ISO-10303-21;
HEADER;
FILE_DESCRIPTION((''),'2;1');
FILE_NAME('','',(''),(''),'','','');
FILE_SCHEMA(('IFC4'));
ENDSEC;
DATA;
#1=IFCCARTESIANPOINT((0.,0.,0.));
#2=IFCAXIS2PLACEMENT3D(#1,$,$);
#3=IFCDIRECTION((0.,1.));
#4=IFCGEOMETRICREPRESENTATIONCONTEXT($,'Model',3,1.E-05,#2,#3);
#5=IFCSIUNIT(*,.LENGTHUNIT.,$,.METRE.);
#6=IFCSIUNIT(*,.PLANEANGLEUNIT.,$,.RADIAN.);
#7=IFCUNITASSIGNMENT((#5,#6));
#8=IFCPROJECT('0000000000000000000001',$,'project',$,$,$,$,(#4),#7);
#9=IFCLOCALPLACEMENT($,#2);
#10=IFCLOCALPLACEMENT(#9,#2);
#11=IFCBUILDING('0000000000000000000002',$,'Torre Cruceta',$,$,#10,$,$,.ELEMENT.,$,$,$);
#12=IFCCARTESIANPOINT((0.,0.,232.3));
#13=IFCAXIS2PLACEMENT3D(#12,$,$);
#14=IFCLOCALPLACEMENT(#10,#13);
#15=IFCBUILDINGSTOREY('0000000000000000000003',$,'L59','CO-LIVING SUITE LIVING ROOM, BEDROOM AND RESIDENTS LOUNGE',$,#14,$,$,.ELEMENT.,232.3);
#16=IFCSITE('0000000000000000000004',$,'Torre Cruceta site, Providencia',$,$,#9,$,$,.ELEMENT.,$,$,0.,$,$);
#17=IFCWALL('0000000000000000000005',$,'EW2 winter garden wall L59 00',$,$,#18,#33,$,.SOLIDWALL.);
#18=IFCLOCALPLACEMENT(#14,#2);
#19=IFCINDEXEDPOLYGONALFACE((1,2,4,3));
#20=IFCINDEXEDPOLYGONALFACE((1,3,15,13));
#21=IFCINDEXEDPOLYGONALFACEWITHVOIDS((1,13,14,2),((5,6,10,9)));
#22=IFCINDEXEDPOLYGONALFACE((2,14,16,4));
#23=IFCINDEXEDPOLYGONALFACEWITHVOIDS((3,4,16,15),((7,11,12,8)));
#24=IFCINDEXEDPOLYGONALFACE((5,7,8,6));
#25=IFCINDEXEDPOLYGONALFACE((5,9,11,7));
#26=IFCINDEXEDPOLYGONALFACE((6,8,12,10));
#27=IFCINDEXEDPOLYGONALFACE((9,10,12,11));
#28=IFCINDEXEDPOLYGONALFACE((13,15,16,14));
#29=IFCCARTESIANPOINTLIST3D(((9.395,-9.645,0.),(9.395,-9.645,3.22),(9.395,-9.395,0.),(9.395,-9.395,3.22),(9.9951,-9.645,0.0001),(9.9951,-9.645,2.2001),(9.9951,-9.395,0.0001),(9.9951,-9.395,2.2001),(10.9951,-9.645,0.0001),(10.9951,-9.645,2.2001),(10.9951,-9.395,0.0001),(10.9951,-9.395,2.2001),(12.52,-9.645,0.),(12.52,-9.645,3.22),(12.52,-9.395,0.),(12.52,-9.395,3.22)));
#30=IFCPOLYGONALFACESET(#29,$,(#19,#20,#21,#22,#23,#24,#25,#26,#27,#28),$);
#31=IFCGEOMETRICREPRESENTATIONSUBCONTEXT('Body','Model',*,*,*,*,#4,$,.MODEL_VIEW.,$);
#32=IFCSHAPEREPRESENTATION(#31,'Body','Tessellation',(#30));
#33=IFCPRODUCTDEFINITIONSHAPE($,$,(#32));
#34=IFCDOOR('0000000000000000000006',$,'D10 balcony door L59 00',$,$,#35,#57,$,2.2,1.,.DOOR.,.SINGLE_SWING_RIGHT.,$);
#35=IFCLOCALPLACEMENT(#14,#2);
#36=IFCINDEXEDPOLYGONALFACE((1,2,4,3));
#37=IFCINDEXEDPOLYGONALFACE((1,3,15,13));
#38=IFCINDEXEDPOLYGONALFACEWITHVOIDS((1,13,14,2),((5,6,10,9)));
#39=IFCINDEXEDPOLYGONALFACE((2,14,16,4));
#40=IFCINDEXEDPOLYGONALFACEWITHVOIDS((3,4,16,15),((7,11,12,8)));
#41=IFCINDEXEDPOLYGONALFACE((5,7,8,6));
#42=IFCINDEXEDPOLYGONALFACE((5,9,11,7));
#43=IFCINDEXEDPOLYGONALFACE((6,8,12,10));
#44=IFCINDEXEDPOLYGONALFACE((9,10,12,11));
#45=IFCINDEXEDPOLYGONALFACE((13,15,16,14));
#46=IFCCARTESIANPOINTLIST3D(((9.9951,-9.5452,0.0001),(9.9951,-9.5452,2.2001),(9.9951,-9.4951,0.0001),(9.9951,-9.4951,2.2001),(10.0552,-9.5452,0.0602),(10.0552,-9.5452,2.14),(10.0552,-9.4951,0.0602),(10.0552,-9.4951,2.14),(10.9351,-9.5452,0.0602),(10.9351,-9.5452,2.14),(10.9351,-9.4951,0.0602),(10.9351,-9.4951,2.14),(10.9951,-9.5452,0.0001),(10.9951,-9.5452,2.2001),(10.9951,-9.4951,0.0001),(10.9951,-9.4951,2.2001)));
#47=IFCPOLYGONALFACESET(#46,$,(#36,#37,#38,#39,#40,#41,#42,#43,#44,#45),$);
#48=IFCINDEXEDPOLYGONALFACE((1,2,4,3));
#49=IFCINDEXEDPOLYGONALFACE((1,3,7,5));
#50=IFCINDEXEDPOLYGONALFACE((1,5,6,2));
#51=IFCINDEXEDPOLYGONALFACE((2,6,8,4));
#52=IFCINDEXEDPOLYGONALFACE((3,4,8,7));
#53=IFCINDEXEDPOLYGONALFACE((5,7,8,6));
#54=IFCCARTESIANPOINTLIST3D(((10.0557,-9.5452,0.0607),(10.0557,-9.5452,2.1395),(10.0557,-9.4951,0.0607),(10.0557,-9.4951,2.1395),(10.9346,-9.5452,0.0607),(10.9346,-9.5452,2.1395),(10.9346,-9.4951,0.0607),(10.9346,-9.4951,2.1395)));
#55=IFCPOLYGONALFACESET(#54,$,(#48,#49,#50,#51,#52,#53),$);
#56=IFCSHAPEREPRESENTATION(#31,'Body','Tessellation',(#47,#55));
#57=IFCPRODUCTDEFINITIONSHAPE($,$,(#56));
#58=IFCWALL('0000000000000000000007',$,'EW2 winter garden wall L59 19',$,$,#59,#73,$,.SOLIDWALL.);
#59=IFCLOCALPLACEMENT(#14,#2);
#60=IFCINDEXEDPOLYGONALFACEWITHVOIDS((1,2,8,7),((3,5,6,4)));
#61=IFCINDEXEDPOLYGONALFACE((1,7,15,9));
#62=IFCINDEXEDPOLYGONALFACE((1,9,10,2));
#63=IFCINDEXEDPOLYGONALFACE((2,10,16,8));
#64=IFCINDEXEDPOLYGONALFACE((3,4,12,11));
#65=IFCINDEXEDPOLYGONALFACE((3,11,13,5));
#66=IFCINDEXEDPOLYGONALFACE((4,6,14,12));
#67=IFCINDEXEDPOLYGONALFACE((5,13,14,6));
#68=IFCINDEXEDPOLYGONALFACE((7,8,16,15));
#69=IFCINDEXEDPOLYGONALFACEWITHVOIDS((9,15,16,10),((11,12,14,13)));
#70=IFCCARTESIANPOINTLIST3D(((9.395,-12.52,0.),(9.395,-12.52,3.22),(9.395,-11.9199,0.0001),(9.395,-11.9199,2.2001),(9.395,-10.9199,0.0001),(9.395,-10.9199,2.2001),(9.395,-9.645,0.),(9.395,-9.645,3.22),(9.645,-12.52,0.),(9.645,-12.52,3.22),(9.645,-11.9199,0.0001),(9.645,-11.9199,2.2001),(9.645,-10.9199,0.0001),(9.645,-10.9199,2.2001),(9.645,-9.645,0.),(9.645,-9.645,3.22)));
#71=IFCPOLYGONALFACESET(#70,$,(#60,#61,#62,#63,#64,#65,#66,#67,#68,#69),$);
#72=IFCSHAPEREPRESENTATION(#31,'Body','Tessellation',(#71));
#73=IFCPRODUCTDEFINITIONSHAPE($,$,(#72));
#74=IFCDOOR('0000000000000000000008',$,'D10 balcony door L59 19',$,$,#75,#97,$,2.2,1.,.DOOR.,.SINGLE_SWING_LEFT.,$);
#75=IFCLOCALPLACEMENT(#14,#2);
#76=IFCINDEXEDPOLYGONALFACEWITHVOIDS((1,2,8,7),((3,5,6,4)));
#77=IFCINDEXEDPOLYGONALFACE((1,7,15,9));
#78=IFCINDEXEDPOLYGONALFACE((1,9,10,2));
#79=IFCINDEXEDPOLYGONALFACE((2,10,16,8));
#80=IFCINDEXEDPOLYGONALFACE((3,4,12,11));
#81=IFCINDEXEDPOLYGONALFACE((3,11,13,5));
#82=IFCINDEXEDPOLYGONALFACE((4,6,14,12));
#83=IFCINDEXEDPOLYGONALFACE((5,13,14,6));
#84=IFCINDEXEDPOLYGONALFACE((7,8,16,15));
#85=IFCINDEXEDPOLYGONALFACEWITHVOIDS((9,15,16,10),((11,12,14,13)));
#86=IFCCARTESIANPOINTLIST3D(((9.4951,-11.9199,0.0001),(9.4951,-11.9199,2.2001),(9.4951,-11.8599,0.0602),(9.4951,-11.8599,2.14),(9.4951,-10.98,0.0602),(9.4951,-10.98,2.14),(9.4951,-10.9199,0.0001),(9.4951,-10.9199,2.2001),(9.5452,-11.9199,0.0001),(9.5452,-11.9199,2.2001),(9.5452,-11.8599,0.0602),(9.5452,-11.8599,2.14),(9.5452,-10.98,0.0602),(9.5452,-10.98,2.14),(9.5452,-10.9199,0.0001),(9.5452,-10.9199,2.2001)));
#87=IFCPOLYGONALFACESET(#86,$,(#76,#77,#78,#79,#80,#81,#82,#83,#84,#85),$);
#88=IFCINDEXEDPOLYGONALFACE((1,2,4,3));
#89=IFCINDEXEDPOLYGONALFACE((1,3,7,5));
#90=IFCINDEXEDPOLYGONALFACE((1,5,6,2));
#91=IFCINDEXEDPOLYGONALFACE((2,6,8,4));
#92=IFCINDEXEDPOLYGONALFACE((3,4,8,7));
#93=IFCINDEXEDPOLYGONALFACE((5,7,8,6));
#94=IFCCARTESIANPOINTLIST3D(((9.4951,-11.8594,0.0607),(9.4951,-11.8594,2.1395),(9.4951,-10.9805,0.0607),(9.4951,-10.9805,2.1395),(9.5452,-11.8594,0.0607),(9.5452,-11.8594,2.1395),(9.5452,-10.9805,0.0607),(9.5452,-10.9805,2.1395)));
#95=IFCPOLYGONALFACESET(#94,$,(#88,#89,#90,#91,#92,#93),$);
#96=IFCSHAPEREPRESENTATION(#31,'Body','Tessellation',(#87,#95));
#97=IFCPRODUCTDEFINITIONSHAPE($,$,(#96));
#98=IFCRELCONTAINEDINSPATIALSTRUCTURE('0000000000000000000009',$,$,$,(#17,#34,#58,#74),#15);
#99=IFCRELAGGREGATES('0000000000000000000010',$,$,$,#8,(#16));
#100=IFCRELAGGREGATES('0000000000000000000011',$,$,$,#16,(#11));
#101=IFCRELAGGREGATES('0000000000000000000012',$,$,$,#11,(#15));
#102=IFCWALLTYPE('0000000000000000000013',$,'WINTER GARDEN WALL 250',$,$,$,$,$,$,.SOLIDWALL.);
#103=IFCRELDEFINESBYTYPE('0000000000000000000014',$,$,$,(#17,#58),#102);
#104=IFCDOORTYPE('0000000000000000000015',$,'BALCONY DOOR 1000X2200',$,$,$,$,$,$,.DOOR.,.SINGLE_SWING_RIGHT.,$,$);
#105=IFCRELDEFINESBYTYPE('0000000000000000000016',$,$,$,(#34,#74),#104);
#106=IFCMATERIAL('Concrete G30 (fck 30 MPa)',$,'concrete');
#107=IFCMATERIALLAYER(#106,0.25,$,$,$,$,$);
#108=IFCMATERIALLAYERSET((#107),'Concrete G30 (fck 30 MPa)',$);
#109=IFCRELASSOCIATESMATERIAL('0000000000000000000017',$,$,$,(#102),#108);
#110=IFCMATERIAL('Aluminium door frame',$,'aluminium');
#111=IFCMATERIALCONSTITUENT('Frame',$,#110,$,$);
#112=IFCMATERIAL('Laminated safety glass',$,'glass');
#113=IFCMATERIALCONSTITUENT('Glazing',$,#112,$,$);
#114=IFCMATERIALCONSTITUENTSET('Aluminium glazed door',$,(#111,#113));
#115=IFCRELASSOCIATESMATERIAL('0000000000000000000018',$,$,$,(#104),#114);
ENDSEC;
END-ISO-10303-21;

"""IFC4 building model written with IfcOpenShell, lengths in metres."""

from ifc_helpers import new_model, si_unit, direction, frame, frame_2d, origin, place, context, subcontext, project, spatial, rectangle, hollow_rectangle, extrude, material, layer, layer_set, constituent, constituent_set, type_object, element, fill, save


model = new_model("IFC4")

# Units and contexts
model_context = context("Model", 3, precision=1e-05, world=origin(), true_north=direction((0.0, 1.0)))
body_context = subcontext(model_context, "Body", "Model", "MODEL_VIEW")
ifc_project = project(units=[si_unit("LENGTHUNIT", "METRE"), si_unit("PLANEANGLEUNIT", "RADIAN")], contexts=[model_context])

# Site, building, storey
site_placement = place(None, origin())
site = spatial("IfcSite", under=ifc_project, at=site_placement, Name="Torre Cruceta site, Providencia", CompositionType="ELEMENT", RefElevation=0.0)
building_placement = place(site_placement, origin())
building = spatial("IfcBuilding", under=site, at=building_placement, Name="Torre Cruceta", CompositionType="ELEMENT")
storey_placement = place(building_placement, frame((0.0, 0.0, 232.3)))
storey = spatial("IfcBuildingStorey", under=building, at=storey_placement, Name="L59", Description="CO-LIVING SUITE LIVING ROOM, BEDROOM AND RESIDENTS LOUNGE", CompositionType="ELEMENT", Elevation=232.3)

# Walls, openings, doors
ifc_material_1 = material(Name="Concrete G30 (fck 30 MPa)", Category="concrete")
ifc_layer_1 = layer(ifc_material_1, 0.25)
ifc_layer_set_1 = layer_set([ifc_layer_1], Name="Concrete G30 (fck 30 MPa)")
wall_type_1 = type_object("IfcWallType", Name="WINTER GARDEN WALL 250", PredefinedType="SOLIDWALL", material=ifc_layer_set_1)
wall_1_placement = place(storey_placement, frame((9.395, -9.52, 0.0), z_axis=(0.0, 0.0, 1.0), x_axis=(1.0, 0.0, 0.0)))
wall_1 = element("IfcWall", 1, at=wall_1_placement, inside=storey, type_object=wall_type_1, Name="EW2 winter garden wall L59 00", PredefinedType="SOLIDWALL", context=body_context, shape_type="SweptSolid", body=[
    extrude(rectangle(XDim=3.125, YDim=0.25, at=frame_2d((1.5625, 0.0))), origin(), (0.0, 0.0, 1.0), 3.22),
])
opening_1_placement = place(wall_1_placement, frame((0.6001, 0.0, 0.0)))
opening_1 = element("IfcOpeningElement", 2, at=opening_1_placement, cuts=wall_1, PredefinedType="OPENING", context=body_context, shape_type="SweptSolid", body=[
    extrude(rectangle(XDim=1.0, YDim=2.2, at=frame_2d((0.5, 1.1001))), frame((0.0, 0.135, 0.0), z_axis=(0.0, -1.0, 0.0), x_axis=(1.0, 0.0, 0.0)), (0.0, 0.0, 1.0), 0.27),
])
ifc_material_2 = material(Name="Aluminium door frame", Category="aluminium")
ifc_constituent_1 = constituent(ifc_material_2, Name="Frame")
ifc_material_3 = material(Name="Laminated safety glass", Category="glass")
ifc_constituent_2 = constituent(ifc_material_3, Name="Glazing")
ifc_constituent_set_1 = constituent_set(constituents=[ifc_constituent_1, ifc_constituent_2], Name="Aluminium glazed door")
door_type_1 = type_object("IfcDoorType", Name="BALCONY DOOR 1000X2200", OperationType="SINGLE_SWING_RIGHT", PredefinedType="DOOR", material=ifc_constituent_set_1)
door_1_placement = place(opening_1_placement, origin())
door_1 = element("IfcDoor", 3, at=door_1_placement, inside=storey, type_object=door_type_1, Name="D10 balcony door L59 00", OperationType="SINGLE_SWING_RIGHT", OverallHeight=2.2, OverallWidth=1.0, PredefinedType="DOOR", context=body_context, shape_type="SweptSolid", body=[
    extrude(hollow_rectangle(XDim=1.0, YDim=2.2, WallThickness=0.0601, at=frame_2d((0.5, 1.1001))), frame((0.0, 0.0249, 0.0), z_axis=(0.0, -1.0, 0.0), x_axis=(1.0, 0.0, 0.0)), (0.0, 0.0, 1.0), 0.05),
    extrude(rectangle(XDim=0.8789, YDim=2.0789, at=frame_2d((0.5, 1.1001))), frame((0.0, 0.0249, 0.0), z_axis=(0.0, -1.0, 0.0), x_axis=(1.0, 0.0, 0.0)), (0.0, 0.0, 1.0), 0.05),
])
fill(opening_1, door_1)
wall_2_placement = place(storey_placement, frame((9.52, -12.52, 0.0), z_axis=(0.0, 0.0, 1.0), x_axis=(0.0, 1.0, 0.0)))
wall_2 = element("IfcWall", 4, at=wall_2_placement, inside=storey, type_object=wall_type_1, Name="EW2 winter garden wall L59 19", PredefinedType="SOLIDWALL", context=body_context, shape_type="SweptSolid", body=[
    extrude(rectangle(XDim=2.875, YDim=0.25, at=frame_2d((1.4375, 0.0))), origin(), (0.0, 0.0, 1.0), 3.22),
])
opening_2_placement = place(wall_2_placement, frame((0.6001, 0.0, 0.0)))
opening_2 = element("IfcOpeningElement", 5, at=opening_2_placement, cuts=wall_2, PredefinedType="OPENING", context=body_context, shape_type="SweptSolid", body=[
    extrude(rectangle(XDim=1.0, YDim=2.2, at=frame_2d((0.5, 1.1001))), frame((0.0, 0.135, 0.0), z_axis=(0.0, -1.0, 0.0), x_axis=(1.0, 0.0, 0.0)), (0.0, 0.0, 1.0), 0.27),
])
door_2_placement = place(opening_2_placement, origin())
door_2 = element("IfcDoor", 6, at=door_2_placement, inside=storey, type_object=door_type_1, Name="D10 balcony door L59 19", OperationType="SINGLE_SWING_LEFT", OverallHeight=2.2, OverallWidth=1.0, PredefinedType="DOOR", context=body_context, shape_type="SweptSolid", body=[
    extrude(hollow_rectangle(XDim=1.0, YDim=2.2, WallThickness=0.0601, at=frame_2d((0.5, 1.1001))), frame((0.0, 0.0249, 0.0), z_axis=(0.0, -1.0, 0.0), x_axis=(1.0, 0.0, 0.0)), (0.0, 0.0, 1.0), 0.05),
    extrude(rectangle(XDim=0.8789, YDim=2.0789, at=frame_2d((0.5, 1.1001))), frame((0.0, 0.0249, 0.0), z_axis=(0.0, -1.0, 0.0), x_axis=(1.0, 0.0, 0.0)), (0.0, 0.0, 1.0), 0.05),
])
fill(opening_2, door_2)

save(model, "model.ifc")
